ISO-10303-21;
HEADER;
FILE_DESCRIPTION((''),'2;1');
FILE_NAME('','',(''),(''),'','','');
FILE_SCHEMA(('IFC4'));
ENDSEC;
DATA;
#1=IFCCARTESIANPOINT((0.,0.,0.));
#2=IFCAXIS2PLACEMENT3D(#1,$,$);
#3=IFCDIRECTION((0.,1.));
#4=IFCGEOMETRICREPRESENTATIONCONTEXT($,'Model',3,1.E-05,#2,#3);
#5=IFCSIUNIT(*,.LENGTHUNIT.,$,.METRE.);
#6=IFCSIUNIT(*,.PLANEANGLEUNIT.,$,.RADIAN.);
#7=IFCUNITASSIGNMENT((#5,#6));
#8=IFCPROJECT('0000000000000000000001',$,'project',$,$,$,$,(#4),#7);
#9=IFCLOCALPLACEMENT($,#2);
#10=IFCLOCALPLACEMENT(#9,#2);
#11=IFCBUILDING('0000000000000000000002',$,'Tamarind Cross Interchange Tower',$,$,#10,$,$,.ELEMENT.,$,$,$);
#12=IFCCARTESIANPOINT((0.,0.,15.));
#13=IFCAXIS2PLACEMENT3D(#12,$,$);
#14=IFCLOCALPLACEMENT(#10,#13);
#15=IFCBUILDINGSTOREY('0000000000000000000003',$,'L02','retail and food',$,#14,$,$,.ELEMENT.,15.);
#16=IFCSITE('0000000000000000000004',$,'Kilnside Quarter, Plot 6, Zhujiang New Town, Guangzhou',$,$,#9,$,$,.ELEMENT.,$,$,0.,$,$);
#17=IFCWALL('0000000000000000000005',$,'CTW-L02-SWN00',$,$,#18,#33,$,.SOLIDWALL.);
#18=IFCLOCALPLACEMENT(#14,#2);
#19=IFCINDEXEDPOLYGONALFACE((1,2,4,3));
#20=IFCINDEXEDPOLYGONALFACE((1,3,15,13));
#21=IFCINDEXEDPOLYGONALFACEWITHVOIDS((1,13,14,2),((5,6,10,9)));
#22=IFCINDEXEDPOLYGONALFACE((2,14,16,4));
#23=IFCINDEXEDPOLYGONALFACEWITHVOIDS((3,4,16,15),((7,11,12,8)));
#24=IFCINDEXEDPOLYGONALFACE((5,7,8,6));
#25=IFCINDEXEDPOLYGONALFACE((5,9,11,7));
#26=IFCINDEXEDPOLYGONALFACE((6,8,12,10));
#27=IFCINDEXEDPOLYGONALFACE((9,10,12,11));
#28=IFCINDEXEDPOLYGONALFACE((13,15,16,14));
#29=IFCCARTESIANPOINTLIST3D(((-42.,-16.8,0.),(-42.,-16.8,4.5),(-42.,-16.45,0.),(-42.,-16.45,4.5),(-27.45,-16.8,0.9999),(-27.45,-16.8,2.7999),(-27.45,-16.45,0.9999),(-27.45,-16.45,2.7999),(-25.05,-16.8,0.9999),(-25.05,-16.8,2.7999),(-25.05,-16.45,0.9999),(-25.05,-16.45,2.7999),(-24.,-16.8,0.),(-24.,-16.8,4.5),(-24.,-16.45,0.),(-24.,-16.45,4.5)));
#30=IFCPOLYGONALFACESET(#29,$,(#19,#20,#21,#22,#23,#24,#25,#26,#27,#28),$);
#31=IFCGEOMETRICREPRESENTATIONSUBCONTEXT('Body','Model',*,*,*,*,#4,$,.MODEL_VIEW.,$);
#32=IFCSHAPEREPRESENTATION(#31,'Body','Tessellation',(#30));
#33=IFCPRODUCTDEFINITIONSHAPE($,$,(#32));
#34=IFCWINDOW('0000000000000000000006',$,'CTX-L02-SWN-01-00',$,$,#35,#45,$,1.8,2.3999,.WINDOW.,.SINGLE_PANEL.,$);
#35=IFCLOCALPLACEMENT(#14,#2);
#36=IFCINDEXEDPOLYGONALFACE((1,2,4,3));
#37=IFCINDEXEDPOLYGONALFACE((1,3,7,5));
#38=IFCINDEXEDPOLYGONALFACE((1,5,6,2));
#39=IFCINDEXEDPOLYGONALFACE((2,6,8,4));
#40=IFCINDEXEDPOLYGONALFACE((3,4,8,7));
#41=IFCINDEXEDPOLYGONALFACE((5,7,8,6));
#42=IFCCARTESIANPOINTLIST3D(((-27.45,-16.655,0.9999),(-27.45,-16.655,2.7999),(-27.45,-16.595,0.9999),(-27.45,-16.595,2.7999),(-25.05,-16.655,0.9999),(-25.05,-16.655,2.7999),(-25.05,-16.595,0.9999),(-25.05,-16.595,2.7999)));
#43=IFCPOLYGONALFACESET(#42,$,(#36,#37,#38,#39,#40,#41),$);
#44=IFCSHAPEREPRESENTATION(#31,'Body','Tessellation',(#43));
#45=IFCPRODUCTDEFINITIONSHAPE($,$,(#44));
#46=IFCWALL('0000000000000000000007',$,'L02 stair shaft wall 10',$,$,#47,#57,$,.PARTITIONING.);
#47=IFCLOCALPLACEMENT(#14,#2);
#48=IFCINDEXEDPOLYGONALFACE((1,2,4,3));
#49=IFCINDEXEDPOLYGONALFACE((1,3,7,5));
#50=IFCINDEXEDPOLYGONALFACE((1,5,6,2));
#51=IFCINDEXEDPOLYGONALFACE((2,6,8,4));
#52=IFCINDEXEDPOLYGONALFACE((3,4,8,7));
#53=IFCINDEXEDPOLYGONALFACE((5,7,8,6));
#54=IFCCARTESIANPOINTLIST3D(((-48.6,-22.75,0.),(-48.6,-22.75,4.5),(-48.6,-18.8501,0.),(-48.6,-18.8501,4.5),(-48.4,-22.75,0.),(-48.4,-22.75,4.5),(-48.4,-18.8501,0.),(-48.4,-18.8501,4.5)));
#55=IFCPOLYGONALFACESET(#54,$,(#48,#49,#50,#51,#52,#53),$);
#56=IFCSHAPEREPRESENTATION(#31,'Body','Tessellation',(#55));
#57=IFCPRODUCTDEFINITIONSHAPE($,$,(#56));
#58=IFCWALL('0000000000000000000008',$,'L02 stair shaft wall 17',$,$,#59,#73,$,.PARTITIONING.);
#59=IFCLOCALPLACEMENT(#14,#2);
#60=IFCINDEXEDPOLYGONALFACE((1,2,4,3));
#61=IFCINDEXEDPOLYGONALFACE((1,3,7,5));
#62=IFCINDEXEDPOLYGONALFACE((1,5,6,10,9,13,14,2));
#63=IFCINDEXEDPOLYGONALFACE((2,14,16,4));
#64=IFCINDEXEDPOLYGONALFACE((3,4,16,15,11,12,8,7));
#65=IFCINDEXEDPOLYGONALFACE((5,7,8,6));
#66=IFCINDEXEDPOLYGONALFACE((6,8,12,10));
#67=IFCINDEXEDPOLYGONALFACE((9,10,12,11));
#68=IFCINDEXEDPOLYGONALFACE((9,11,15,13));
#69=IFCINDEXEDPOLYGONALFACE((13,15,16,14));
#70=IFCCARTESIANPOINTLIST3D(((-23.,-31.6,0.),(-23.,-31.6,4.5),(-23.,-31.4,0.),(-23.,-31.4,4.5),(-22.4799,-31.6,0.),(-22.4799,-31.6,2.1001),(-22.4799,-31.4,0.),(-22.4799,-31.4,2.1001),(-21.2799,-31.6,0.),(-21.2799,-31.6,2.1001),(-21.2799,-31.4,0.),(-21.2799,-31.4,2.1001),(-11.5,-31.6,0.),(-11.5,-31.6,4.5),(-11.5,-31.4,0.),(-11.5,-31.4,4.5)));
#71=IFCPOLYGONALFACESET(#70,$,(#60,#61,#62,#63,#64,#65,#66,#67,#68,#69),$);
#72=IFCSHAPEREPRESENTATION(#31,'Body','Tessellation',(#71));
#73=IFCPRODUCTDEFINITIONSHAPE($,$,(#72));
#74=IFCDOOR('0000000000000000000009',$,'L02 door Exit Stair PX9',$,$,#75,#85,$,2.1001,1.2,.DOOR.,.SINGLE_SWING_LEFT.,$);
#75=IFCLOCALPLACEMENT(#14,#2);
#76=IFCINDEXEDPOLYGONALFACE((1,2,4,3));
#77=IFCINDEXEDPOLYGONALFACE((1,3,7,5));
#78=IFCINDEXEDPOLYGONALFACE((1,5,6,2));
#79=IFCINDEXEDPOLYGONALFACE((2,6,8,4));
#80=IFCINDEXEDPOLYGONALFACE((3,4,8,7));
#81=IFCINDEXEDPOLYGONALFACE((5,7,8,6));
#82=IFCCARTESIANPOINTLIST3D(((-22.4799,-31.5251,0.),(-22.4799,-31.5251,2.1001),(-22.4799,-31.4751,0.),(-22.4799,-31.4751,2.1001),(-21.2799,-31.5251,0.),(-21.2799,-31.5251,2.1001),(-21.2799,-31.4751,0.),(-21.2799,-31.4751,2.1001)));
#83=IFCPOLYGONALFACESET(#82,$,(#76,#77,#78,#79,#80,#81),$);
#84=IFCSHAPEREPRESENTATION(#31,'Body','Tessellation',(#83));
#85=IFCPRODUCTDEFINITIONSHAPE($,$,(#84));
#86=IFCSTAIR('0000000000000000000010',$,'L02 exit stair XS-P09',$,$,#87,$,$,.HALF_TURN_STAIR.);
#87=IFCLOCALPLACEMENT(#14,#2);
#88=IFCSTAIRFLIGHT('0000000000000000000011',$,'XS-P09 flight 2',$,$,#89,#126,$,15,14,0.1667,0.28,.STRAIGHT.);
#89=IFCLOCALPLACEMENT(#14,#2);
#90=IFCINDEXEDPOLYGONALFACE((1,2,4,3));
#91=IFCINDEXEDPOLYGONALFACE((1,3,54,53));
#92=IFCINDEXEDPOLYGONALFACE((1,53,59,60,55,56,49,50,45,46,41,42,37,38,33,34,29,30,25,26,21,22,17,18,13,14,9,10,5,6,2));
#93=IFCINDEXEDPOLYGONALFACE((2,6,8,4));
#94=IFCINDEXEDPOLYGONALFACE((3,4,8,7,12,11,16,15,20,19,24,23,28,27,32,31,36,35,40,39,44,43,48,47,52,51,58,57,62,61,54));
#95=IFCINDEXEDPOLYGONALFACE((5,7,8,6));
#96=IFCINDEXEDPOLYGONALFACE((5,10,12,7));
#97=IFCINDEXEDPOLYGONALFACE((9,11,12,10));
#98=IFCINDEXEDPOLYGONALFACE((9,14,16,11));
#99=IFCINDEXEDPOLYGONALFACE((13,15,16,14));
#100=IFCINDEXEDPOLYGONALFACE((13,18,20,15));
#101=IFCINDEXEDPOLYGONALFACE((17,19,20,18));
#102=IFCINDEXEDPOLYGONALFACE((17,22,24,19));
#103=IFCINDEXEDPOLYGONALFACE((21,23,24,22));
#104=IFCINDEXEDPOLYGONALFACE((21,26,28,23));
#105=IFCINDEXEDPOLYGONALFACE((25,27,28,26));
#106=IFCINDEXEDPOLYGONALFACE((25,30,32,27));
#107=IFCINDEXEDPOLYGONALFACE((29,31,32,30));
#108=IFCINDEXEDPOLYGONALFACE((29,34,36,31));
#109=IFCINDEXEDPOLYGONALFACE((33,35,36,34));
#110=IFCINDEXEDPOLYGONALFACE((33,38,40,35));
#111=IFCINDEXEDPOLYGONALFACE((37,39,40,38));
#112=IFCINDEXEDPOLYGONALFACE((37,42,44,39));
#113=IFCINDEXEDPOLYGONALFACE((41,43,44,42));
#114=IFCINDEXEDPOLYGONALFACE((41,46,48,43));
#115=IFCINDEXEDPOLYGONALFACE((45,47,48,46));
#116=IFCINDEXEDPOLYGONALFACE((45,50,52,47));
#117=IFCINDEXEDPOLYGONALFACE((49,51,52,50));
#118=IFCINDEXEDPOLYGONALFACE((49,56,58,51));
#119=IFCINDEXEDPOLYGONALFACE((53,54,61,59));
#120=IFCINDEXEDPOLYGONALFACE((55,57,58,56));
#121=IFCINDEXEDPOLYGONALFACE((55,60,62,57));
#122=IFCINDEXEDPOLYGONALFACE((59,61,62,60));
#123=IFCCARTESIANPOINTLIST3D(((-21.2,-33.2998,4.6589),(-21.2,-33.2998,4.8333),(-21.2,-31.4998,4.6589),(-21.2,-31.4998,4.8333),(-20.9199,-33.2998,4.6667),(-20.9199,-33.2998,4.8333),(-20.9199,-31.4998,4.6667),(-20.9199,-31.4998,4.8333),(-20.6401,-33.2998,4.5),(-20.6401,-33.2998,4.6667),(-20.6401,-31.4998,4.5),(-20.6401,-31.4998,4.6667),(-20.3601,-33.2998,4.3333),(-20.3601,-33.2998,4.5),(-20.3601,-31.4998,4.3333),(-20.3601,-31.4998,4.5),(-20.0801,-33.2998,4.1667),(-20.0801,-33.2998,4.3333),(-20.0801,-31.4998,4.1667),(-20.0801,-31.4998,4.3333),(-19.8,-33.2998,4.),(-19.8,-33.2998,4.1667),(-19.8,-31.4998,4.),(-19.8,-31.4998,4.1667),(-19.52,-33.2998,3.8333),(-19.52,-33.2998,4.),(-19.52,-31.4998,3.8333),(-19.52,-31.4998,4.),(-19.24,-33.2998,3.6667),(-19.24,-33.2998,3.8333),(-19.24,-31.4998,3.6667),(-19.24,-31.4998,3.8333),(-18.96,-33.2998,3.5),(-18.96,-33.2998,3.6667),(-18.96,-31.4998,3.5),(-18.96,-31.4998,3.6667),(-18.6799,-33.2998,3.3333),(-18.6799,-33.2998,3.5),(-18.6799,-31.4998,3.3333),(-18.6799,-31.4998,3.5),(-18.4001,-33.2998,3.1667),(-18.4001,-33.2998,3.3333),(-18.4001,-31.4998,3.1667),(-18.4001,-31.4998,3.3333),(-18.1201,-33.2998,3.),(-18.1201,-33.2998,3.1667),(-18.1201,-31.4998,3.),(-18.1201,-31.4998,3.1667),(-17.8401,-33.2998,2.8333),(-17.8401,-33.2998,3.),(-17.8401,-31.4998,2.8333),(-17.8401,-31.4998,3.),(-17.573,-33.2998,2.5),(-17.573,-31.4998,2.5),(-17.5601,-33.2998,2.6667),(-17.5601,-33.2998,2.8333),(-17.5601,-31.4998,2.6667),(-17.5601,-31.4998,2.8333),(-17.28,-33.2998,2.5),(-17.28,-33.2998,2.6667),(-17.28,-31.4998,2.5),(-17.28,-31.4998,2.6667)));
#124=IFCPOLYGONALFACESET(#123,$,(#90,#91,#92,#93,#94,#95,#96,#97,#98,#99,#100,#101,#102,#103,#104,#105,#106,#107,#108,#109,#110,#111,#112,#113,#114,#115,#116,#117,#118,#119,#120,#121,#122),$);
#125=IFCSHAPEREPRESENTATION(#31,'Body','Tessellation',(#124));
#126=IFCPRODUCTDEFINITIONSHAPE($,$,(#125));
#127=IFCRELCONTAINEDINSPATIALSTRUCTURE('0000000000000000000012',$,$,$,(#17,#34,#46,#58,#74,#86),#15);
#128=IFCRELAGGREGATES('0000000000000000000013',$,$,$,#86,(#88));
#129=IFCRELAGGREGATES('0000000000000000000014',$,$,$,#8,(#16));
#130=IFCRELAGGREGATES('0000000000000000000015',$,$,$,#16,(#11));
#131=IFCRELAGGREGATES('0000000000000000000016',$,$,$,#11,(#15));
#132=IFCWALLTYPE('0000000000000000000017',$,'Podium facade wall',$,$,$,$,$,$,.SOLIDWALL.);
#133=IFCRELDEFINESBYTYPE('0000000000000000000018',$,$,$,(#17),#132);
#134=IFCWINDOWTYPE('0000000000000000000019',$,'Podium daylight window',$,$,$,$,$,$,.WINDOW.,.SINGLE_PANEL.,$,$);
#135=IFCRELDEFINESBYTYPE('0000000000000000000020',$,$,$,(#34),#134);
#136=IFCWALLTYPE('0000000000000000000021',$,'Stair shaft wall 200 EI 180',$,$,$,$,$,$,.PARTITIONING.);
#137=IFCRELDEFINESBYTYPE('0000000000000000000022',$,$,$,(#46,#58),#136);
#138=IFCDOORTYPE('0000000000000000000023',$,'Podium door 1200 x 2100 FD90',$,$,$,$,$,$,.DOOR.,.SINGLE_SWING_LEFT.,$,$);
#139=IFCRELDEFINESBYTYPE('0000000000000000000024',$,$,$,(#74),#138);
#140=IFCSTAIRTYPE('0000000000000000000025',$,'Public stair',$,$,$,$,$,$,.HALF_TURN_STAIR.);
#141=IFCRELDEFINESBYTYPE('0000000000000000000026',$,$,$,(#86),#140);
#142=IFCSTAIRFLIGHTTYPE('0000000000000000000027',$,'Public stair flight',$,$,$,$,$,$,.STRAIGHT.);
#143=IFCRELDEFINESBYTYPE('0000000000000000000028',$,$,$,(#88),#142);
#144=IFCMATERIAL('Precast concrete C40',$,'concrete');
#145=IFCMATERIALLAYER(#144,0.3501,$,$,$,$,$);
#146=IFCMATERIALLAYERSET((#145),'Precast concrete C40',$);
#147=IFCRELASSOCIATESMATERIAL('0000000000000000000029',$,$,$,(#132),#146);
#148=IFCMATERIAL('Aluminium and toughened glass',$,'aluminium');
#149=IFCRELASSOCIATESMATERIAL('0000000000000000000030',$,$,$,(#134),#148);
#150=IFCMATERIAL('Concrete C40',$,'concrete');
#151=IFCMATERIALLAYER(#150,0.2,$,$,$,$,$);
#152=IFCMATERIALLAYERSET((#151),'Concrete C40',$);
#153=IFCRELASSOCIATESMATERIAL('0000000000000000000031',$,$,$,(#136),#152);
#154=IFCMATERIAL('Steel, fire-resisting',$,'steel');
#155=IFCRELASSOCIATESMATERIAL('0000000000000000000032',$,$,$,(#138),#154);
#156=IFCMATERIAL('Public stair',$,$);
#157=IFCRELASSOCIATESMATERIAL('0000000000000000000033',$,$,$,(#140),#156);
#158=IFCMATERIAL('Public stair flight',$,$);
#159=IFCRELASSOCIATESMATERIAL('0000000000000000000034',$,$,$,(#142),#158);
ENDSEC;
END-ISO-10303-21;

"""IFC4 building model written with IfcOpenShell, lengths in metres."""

from ifc_helpers import new_model, si_unit, direction, frame, frame_2d, origin, place, context, subcontext, project, spatial, polyline, rectangle, outline, extrude, material, layer, layer_set, type_object, element, fill, aggregate, save


model = new_model("IFC4")

# Units and contexts
model_context = context("Model", 3, precision=1e-05, world=origin(), true_north=direction((0.0, 1.0)))
body_context = subcontext(model_context, "Body", "Model", "MODEL_VIEW")
ifc_project = project(units=[si_unit("LENGTHUNIT", "METRE"), si_unit("PLANEANGLEUNIT", "RADIAN")], contexts=[model_context])

# Site, building, storey
site_placement = place(None, origin())
site = spatial("IfcSite", under=ifc_project, at=site_placement, Name="Kilnside Quarter, Plot 6, Zhujiang New Town, Guangzhou", CompositionType="ELEMENT", RefElevation=0.0)
building_placement = place(site_placement, origin())
building = spatial("IfcBuilding", under=site, at=building_placement, Name="Tamarind Cross Interchange Tower", CompositionType="ELEMENT")
storey_placement = place(building_placement, frame((0.0, 0.0, 15.0)))
storey = spatial("IfcBuildingStorey", under=building, at=storey_placement, Name="L02", Description="retail and food", CompositionType="ELEMENT", Elevation=15.0)

# Wall, opening, window
ifc_material_1 = material(Name="Precast concrete C40", Category="concrete")
ifc_layer_1 = layer(ifc_material_1, 0.3501)
ifc_layer_set_1 = layer_set([ifc_layer_1], Name="Precast concrete C40")
wall_type_1 = type_object("IfcWallType", Name="Podium facade wall", PredefinedType="SOLIDWALL", material=ifc_layer_set_1)
wall_1_placement = place(storey_placement, frame((-42.0, -16.625, 0.0), z_axis=(0.0, 0.0, 1.0), x_axis=(1.0, 0.0, 0.0)))
wall_1 = element("IfcWall", 1, at=wall_1_placement, inside=storey, type_object=wall_type_1, Name="CTW-L02-SWN00", PredefinedType="SOLIDWALL", context=body_context, shape_type="SweptSolid", body=[
    extrude(rectangle(XDim=18.0, YDim=0.3501, at=frame_2d((9.0, 0.0))), origin(), (0.0, 0.0, 1.0), 4.5),
])
opening_1_placement = place(wall_1_placement, frame((14.55, 0.0, 1.0)))
opening_1 = element("IfcOpeningElement", 2, at=opening_1_placement, cuts=wall_1, PredefinedType="OPENING", context=body_context, shape_type="SweptSolid", body=[
    extrude(rectangle(XDim=2.3999, YDim=1.8, at=frame_2d((1.2, 0.8999))), frame((0.0, 0.1851, 0.0), z_axis=(0.0, -1.0, 0.0), x_axis=(1.0, 0.0, 0.0)), (0.0, 0.0, 1.0), 0.3701),
])
ifc_material_2 = material(Name="Aluminium and toughened glass", Category="aluminium")
window_type = type_object("IfcWindowType", Name="Podium daylight window", PartitioningType="SINGLE_PANEL", PredefinedType="WINDOW", material=ifc_material_2)
window_placement = place(opening_1_placement, origin())
window = element("IfcWindow", 3, at=window_placement, inside=storey, type_object=window_type, Name="CTX-L02-SWN-01-00", OverallHeight=1.8, OverallWidth=2.3999, PartitioningType="SINGLE_PANEL", PredefinedType="WINDOW", context=body_context, shape_type="SweptSolid", body=[
    extrude(rectangle(XDim=2.3999, YDim=1.8, at=frame_2d((1.2, 0.8999))), frame((0.0, 0.03, 0.0), z_axis=(0.0, -1.0, 0.0), x_axis=(1.0, 0.0, 0.0)), (0.0, 0.0, 1.0), 0.0601),
])
fill(opening_1, window)

# Wall
ifc_material_3 = material(Name="Concrete C40", Category="concrete")
ifc_layer_2 = layer(ifc_material_3, 0.2)
ifc_layer_set_2 = layer_set([ifc_layer_2], Name="Concrete C40")
wall_type_2 = type_object("IfcWallType", Name="Stair shaft wall 200 EI 180", PredefinedType="PARTITIONING", material=ifc_layer_set_2)
wall_2_placement = place(storey_placement, frame((-48.5, -22.75, 0.0), z_axis=(0.0, 0.0, 1.0), x_axis=(0.0, 1.0, 0.0)))
element("IfcWall", 4, at=wall_2_placement, inside=storey, type_object=wall_type_2, Name="L02 stair shaft wall 10", PredefinedType="PARTITIONING", context=body_context, shape_type="SweptSolid", body=[
    extrude(rectangle(XDim=3.8999, YDim=0.2, at=frame_2d((1.95, 0.0))), origin(), (0.0, 0.0, 1.0), 4.5),
])

# Wall, opening, door
wall_3_placement = place(storey_placement, frame((-23.0, -31.5, 0.0), z_axis=(0.0, 0.0, 1.0), x_axis=(1.0, 0.0, 0.0)))
wall_3 = element("IfcWall", 5, at=wall_3_placement, inside=storey, type_object=wall_type_2, Name="L02 stair shaft wall 17", PredefinedType="PARTITIONING", context=body_context, shape_type="SweptSolid", body=[
    extrude(rectangle(XDim=11.5, YDim=0.2, at=frame_2d((5.75, 0.0))), origin(), (0.0, 0.0, 1.0), 4.5),
])
opening_2_placement = place(wall_3_placement, frame((0.52, 0.0, 0.0)))
opening_2 = element("IfcOpeningElement", 6, at=opening_2_placement, cuts=wall_3, PredefinedType="OPENING", context=body_context, shape_type="SweptSolid", body=[
    extrude(rectangle(XDim=1.2, YDim=2.1001, at=frame_2d((0.6001, 1.05))), frame((0.0, 0.1099, 0.0), z_axis=(0.0, -1.0, 0.0), x_axis=(1.0, 0.0, 0.0)), (0.0, 0.0, 1.0), 0.22),
])
ifc_material_4 = material(Name="Steel, fire-resisting", Category="steel")
door_type = type_object("IfcDoorType", Name="Podium door 1200 x 2100 FD90", OperationType="SINGLE_SWING_LEFT", PredefinedType="DOOR", material=ifc_material_4)
door_placement = place(opening_2_placement, origin())
door = element("IfcDoor", 7, at=door_placement, inside=storey, type_object=door_type, Name="L02 door Exit Stair PX9", OperationType="SINGLE_SWING_LEFT", OverallHeight=2.1001, OverallWidth=1.2, PredefinedType="DOOR", context=body_context, shape_type="SweptSolid", body=[
    extrude(rectangle(XDim=1.2, YDim=2.1001, at=frame_2d((0.6001, 1.05))), frame((0.0, 0.0249, 0.0), z_axis=(0.0, -1.0, 0.0), x_axis=(1.0, 0.0, 0.0)), (0.0, 0.0, 1.0), 0.05),
])
fill(opening_2, door)

# Stair, stair flight
ifc_material_5 = material(Name="Public stair")
stair_type = type_object("IfcStairType", Name="Public stair", PredefinedType="HALF_TURN_STAIR", material=ifc_material_5)
stair_placement = place(storey_placement, origin())
stair = element("IfcStair", 8, at=stair_placement, inside=storey, type_object=stair_type, Name="L02 exit stair XS-P09", PredefinedType="HALF_TURN_STAIR")
ifc_material_6 = material(Name="Public stair flight")
stair_flight_type = type_object("IfcStairFlightType", Name="Public stair flight", PredefinedType="STRAIGHT", material=ifc_material_6)
stair_flight_placement = place(storey_placement, frame((-17.28, -32.3999, 2.5), z_axis=(0.0, 0.0, 1.0), x_axis=(-1.0, 0.0, 0.0)))
stair_flight = element("IfcStairFlight", 9, at=stair_flight_placement, type_object=stair_flight_type, Name="XS-P09 flight 2", NumberOfRisers=15, NumberOfTreads=14, PredefinedType="STRAIGHT", RiserHeight=0.1667, TreadLength=0.28, context=body_context, shape_type="SweptSolid", body=[
    extrude(outline(polyline([(0.0, 0.0), (0.0, 0.1667), (0.28, 0.1667), (0.28, 0.3333), (0.5601, 0.3333), (0.5601, 0.5), (0.8401, 0.5), (0.8401, 0.6667), (1.1201, 0.6667), (1.1201, 0.8333), (1.3999, 0.8333), (1.3999, 1.0), (1.6799, 1.0), (1.6799, 1.1667), (1.96, 1.1667), (1.96, 1.3333), (2.24, 1.3333), (2.24, 1.5), (2.52, 1.5), (2.52, 1.6667), (2.8, 1.6667), (2.8, 1.8333), (3.0801, 1.8333), (3.0801, 2.0), (3.3601, 2.0), (3.3601, 2.1667), (3.6399, 2.1667), (3.6399, 2.3333), (3.9199, 2.3333), (3.9199, 2.5), (3.9199, 2.1589), (0.293, 0.0), (0.0, 0.0)])), frame((0.0, 0.8999, 0.0), z_axis=(0.0, -1.0, 0.0), x_axis=(1.0, 0.0, 0.0)), (0.0, 0.0, 1.0), 1.8),
])
aggregate(stair, [stair_flight])

save(model, "model.ifc")
